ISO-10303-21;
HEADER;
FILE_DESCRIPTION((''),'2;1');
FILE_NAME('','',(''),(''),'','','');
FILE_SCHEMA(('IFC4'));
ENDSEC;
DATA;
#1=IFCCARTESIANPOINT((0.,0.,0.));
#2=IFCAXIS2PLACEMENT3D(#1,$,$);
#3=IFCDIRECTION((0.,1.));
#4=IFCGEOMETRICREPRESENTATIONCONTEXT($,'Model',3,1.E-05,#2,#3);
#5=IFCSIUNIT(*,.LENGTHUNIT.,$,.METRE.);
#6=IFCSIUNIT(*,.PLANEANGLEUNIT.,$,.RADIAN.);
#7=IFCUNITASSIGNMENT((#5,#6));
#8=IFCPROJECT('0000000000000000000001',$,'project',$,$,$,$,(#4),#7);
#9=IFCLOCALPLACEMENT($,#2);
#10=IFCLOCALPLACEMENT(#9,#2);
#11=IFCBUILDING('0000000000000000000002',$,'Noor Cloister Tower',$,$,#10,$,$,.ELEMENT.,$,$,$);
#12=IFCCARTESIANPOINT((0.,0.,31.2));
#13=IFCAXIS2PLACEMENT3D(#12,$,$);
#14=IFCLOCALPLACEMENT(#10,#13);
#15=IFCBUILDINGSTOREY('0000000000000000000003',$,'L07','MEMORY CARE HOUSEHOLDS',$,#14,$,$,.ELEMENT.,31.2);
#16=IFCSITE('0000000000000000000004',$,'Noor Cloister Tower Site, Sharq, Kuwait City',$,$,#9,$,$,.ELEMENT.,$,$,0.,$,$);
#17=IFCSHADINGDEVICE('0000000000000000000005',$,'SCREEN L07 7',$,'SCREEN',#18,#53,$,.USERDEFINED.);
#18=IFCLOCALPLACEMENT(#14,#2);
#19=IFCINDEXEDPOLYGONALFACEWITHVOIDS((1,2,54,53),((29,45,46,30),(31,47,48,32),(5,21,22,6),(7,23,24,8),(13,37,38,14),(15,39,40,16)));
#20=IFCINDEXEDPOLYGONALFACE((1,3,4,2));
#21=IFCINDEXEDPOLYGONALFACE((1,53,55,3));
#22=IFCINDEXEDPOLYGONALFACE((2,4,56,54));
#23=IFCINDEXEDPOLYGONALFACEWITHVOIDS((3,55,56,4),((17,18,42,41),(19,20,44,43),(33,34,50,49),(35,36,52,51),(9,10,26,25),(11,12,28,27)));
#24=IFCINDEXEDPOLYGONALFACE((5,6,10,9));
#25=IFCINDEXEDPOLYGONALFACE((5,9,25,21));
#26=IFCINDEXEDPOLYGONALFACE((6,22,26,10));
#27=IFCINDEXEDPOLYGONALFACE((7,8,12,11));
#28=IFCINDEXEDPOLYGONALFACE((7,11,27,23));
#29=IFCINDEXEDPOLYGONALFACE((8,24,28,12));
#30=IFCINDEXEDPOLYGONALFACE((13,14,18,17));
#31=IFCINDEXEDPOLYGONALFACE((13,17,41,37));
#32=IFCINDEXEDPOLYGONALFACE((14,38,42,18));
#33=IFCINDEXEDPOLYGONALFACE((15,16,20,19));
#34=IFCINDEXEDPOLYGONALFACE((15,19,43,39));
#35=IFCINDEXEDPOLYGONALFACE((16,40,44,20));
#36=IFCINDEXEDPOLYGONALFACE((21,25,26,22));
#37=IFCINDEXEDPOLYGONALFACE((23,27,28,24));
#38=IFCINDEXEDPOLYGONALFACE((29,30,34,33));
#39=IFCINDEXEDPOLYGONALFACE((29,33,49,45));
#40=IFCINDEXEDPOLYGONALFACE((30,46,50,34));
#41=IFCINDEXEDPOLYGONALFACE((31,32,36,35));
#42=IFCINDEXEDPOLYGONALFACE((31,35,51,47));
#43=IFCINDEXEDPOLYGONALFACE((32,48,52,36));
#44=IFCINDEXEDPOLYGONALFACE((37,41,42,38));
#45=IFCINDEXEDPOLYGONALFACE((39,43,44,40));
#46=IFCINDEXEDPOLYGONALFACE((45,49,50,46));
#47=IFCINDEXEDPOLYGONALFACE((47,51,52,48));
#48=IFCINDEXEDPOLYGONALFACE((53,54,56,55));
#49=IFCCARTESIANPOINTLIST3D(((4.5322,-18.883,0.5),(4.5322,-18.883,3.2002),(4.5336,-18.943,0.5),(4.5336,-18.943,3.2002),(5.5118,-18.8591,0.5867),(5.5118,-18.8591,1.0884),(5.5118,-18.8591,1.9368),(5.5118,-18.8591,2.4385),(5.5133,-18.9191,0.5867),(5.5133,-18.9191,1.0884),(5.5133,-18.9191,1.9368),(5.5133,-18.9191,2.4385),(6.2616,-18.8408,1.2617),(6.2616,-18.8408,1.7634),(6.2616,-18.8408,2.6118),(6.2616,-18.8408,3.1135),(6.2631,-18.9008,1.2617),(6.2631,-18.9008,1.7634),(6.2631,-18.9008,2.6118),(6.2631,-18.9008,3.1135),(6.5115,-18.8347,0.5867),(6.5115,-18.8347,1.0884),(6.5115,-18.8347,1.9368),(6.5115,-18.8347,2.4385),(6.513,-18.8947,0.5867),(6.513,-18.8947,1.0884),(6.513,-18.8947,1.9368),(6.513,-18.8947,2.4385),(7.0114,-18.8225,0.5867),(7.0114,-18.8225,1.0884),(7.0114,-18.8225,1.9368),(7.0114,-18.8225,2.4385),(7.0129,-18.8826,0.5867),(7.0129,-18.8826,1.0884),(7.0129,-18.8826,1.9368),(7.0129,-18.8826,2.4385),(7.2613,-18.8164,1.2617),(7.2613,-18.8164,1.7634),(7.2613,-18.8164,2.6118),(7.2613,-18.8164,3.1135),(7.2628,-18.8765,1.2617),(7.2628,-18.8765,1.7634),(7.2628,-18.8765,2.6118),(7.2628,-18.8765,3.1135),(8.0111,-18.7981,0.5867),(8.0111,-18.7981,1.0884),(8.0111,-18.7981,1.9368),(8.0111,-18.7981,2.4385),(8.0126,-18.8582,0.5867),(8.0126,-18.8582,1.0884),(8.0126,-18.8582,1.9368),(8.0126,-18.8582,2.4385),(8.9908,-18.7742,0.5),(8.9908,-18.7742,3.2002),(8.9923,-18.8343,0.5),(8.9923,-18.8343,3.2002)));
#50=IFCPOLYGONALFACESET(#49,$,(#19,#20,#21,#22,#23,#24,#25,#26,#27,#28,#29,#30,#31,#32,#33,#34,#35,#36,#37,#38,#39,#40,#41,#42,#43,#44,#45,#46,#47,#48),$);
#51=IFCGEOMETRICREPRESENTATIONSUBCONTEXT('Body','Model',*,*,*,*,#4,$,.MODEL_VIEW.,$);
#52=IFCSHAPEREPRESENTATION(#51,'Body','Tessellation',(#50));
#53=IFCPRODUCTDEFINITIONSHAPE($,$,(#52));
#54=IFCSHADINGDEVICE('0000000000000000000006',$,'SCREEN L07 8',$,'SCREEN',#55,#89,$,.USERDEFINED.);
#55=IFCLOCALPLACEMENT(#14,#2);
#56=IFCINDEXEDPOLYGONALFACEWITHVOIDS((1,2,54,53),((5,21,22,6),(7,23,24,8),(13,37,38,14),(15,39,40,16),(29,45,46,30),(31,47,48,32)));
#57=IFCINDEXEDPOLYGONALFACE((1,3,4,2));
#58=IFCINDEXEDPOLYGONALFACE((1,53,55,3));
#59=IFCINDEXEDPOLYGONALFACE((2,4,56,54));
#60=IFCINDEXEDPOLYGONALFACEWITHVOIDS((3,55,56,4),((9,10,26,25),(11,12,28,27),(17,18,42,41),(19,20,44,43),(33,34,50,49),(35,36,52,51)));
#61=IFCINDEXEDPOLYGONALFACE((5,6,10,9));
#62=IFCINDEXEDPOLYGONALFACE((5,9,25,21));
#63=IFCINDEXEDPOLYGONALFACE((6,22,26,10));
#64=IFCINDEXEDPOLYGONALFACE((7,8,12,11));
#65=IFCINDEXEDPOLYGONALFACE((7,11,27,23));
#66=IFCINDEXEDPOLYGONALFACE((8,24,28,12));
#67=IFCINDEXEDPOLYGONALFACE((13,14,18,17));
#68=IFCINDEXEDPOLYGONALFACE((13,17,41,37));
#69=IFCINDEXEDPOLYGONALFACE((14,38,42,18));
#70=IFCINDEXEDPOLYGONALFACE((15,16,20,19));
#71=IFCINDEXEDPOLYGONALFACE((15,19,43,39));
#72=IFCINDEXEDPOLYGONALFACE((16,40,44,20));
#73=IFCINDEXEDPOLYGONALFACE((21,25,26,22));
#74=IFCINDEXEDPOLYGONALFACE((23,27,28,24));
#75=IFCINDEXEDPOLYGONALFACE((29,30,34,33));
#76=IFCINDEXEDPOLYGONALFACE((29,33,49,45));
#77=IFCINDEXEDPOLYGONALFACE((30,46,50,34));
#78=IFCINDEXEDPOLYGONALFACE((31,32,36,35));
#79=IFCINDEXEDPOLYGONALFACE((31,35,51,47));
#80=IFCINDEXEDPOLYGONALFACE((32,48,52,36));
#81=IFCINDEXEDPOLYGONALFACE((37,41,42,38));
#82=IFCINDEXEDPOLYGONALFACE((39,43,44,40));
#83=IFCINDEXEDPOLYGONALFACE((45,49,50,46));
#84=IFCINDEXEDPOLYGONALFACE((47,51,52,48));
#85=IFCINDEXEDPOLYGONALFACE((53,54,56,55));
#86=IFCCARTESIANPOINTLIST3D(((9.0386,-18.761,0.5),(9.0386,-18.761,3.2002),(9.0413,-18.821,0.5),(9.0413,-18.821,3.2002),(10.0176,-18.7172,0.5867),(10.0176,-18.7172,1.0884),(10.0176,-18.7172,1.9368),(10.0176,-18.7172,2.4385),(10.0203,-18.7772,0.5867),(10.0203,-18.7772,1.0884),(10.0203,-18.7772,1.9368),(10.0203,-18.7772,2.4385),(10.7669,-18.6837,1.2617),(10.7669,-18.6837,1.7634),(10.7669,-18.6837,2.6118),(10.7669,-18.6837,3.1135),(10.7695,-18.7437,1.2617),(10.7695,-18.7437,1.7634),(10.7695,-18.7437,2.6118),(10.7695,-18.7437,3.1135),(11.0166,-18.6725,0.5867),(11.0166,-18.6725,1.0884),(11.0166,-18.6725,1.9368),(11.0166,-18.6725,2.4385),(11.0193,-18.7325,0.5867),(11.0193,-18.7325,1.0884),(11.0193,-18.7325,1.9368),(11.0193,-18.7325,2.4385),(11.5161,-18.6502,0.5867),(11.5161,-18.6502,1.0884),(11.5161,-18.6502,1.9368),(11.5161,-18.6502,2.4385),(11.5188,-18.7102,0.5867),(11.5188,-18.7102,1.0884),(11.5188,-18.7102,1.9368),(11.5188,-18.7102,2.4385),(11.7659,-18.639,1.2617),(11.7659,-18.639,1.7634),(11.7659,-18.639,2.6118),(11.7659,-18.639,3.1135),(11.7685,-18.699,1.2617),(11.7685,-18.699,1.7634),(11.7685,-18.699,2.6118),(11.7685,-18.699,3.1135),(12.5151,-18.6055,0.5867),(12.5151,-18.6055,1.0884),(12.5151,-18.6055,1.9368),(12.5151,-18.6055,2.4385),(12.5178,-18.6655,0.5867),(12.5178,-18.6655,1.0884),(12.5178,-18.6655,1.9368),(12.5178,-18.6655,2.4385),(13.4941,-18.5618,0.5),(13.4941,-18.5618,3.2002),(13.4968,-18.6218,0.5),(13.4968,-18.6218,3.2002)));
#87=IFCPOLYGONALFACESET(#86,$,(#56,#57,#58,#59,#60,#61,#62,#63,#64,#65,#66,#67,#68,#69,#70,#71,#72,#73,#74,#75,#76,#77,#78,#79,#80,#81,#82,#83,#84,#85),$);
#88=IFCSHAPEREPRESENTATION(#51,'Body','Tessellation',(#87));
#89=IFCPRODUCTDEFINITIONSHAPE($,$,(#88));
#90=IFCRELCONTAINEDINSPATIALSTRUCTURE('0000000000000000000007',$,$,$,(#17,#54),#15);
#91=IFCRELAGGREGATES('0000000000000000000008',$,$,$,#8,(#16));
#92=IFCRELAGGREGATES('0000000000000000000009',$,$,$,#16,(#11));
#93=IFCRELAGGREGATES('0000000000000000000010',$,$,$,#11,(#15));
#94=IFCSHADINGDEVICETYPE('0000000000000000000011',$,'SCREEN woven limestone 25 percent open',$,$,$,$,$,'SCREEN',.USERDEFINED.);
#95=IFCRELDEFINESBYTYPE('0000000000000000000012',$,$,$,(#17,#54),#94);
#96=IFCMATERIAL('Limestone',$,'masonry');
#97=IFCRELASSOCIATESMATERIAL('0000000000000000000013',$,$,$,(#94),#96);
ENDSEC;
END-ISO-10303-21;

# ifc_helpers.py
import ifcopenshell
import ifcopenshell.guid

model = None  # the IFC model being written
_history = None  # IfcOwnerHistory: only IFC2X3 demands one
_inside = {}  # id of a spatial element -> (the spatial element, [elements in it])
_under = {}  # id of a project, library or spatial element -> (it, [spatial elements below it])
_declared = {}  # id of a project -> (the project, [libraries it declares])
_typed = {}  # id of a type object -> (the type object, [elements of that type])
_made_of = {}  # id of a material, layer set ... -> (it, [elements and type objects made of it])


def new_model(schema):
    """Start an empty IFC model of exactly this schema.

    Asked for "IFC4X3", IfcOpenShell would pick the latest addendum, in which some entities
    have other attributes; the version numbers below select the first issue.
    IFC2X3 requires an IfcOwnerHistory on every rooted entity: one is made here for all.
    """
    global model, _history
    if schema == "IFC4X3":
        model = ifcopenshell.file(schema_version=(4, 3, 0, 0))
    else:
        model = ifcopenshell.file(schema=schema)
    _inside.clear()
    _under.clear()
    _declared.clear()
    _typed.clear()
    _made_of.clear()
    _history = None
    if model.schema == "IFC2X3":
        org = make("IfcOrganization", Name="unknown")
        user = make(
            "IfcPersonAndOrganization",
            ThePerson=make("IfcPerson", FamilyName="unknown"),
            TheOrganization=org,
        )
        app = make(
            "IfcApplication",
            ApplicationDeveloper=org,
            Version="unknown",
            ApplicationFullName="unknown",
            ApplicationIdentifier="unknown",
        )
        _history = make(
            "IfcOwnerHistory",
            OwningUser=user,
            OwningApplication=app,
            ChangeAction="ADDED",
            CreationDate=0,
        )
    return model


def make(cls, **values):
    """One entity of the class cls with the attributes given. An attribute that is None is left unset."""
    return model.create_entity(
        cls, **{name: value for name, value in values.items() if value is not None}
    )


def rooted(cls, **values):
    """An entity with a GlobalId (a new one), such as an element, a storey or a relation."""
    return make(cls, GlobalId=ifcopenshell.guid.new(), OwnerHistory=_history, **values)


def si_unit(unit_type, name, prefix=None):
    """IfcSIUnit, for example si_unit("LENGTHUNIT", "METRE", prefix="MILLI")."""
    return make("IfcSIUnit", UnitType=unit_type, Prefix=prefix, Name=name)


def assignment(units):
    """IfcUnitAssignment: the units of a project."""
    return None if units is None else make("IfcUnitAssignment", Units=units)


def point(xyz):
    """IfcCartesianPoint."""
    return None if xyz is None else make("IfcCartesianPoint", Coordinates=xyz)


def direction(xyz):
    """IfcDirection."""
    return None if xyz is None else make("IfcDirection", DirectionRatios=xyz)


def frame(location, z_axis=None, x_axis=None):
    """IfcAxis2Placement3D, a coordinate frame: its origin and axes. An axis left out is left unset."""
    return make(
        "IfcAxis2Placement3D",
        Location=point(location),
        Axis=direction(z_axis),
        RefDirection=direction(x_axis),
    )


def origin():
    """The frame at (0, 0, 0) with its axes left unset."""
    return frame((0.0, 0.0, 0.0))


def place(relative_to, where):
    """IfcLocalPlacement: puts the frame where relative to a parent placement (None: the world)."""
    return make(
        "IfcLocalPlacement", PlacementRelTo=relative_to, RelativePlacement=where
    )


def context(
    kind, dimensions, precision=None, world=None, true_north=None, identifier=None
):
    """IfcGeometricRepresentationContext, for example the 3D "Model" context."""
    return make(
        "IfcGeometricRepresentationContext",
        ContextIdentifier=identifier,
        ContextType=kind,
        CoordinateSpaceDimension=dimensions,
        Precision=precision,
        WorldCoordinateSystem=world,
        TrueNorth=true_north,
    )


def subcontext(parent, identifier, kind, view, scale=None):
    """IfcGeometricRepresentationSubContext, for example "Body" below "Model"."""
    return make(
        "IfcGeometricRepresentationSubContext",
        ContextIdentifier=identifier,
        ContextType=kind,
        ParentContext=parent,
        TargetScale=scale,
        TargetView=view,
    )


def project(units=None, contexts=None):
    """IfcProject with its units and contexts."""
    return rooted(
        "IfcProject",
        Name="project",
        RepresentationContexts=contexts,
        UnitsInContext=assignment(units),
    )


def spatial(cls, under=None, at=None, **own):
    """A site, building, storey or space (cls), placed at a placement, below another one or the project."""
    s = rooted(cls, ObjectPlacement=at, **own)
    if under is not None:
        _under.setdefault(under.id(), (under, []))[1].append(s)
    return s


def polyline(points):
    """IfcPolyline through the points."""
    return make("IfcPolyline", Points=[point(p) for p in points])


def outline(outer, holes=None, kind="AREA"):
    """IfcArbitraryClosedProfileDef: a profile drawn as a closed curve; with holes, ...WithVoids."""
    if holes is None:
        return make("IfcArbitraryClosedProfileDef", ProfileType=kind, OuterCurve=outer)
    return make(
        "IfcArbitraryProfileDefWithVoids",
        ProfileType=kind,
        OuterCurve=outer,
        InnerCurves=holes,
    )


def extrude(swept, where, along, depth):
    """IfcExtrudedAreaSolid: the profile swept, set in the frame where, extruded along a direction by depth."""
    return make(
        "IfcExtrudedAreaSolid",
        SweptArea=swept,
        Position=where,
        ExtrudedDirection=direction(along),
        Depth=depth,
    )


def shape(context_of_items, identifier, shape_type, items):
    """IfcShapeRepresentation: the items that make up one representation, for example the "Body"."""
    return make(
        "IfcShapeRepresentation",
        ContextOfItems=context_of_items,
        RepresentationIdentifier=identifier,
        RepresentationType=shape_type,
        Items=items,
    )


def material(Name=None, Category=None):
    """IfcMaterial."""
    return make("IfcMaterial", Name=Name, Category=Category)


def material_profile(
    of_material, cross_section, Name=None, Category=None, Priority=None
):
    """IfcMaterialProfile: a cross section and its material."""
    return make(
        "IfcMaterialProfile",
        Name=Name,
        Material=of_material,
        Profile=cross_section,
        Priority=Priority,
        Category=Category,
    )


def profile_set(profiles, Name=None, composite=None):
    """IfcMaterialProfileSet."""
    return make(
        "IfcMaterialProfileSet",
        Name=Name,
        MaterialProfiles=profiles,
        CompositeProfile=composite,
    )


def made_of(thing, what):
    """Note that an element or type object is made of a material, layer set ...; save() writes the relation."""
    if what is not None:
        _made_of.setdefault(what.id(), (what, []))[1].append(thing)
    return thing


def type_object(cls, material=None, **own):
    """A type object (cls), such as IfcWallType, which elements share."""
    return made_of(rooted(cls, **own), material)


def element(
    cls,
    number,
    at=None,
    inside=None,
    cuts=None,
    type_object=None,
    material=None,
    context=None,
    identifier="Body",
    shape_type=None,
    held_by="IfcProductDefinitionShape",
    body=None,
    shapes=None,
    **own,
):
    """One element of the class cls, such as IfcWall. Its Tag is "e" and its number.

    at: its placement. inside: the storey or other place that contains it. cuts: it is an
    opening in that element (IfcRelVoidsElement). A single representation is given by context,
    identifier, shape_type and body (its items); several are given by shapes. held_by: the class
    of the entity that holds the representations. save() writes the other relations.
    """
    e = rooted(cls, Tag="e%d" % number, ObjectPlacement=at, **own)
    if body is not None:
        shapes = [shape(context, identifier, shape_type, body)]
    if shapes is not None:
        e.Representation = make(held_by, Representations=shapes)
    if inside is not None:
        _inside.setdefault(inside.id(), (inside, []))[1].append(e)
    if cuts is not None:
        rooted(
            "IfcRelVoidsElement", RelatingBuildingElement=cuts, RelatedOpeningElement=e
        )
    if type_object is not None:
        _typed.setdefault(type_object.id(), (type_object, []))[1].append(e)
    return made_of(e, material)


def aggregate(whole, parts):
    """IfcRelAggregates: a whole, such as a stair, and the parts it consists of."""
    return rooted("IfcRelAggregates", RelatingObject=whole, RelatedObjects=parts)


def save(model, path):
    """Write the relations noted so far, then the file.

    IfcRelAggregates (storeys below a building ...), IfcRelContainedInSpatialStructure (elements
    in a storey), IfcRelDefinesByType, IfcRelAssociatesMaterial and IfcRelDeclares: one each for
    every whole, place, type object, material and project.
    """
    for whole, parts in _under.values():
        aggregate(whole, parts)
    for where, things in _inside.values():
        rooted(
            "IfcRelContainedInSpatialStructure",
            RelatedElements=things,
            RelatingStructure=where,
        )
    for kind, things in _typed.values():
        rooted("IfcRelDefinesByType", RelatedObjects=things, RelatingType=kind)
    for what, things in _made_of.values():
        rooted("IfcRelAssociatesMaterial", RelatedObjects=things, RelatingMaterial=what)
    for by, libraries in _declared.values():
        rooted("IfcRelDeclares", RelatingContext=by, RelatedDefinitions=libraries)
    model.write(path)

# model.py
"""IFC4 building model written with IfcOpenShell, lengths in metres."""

from ifc_helpers import new_model, si_unit, direction, frame, origin, place, context, subcontext, project, spatial, polyline, outline, extrude, material, material_profile, profile_set, type_object, element, save


model = new_model("IFC4")

# Units and contexts
model_context = context("Model", 3, precision=1e-05, world=origin(), true_north=direction((0.0, 1.0)))
body_context = subcontext(model_context, "Body", "Model", "MODEL_VIEW")
ifc_project = project(units=[si_unit("LENGTHUNIT", "METRE"), si_unit("PLANEANGLEUNIT", "RADIAN")], contexts=[model_context])

# Site, building, storey
site_placement = place(None, origin())
site = spatial("IfcSite", under=ifc_project, at=site_placement, Name="Noor Cloister Tower Site, Sharq, Kuwait City", CompositionType="ELEMENT", RefElevation=0.0)
building_placement = place(site_placement, origin())
building = spatial("IfcBuilding", under=site, at=building_placement, Name="Noor Cloister Tower", CompositionType="ELEMENT")
storey_placement = place(building_placement, frame((0.0, 0.0, 31.2)))
storey = spatial("IfcBuildingStorey", under=building, at=storey_placement, Name="L07", Description="MEMORY CARE HOUSEHOLDS", CompositionType="ELEMENT", Elevation=31.2)

# Shading devices
ifc_material_1 = material(Name="Limestone", Category="masonry")
ifc_material_profile_1 = material_profile(ifc_material_1, outline(polyline([(-2.23, -1.3501), (2.23, -1.3501), (2.23, 1.3501), (-2.23, 1.3501), (-2.23, -1.3501)]), holes=[polyline([(-1.25, -1.2634), (-0.25, -1.2634), (-0.25, -0.7617), (-1.25, -0.7617), (-1.25, -1.2634)]), polyline([(0.25, -1.2634), (1.25, -1.2634), (1.25, -0.7617), (0.25, -0.7617), (0.25, -1.2634)]), polyline([(-0.5, -0.5884), (0.5, -0.5884), (0.5, -0.0867), (-0.5, -0.0867), (-0.5, -0.5884)]), polyline([(-1.25, 0.0867), (-0.25, 0.0867), (-0.25, 0.5884), (-1.25, 0.5884), (-1.25, 0.0867)]), polyline([(0.25, 0.0867), (1.25, 0.0867), (1.25, 0.5884), (0.25, 0.5884), (0.25, 0.0867)]), polyline([(-0.5, 0.7617), (0.5, 0.7617), (0.5, 1.2634), (-0.5, 1.2634), (-0.5, 0.7617)])]), Name="Woven screen 25 percent open")
ifc_profile_set_1 = profile_set([ifc_material_profile_1], Name="Limestone")
shading_device_type = type_object("IfcShadingDeviceType", Name="SCREEN woven limestone 25 percent open", ElementType="SCREEN", PredefinedType="USERDEFINED", material=ifc_profile_set_1)
for number, where, z_axis, x_axis, name in (
    (1, (6.7615, -18.8286, 1.8501), (0.024383, -0.999703, 0.0), (0.999703, 0.024383, 0.0), "SCREEN L07 7"),
    (2, (11.2664, -18.6614, 1.8501), (0.044671, -0.999002, 0.0), (0.999002, 0.044671, 0.0), "SCREEN L07 8"),
):
    element("IfcShadingDevice", number, at=place(storey_placement, frame(where, z_axis=z_axis, x_axis=x_axis)), inside=storey, type_object=shading_device_type, Name=name, ObjectType="SCREEN", PredefinedType="USERDEFINED", context=body_context, shape_type="SweptSolid", body=[
        extrude(outline(polyline([(-2.23, -1.3501), (2.23, -1.3501), (2.23, 1.3501), (-2.23, 1.3501), (-2.23, -1.3501)]), holes=[polyline([(-1.25, -1.2634), (-0.25, -1.2634), (-0.25, -0.7617), (-1.25, -0.7617), (-1.25, -1.2634)]), polyline([(0.25, -1.2634), (1.25, -1.2634), (1.25, -0.7617), (0.25, -0.7617), (0.25, -1.2634)]), polyline([(-0.5, -0.5884), (0.5, -0.5884), (0.5, -0.0867), (-0.5, -0.0867), (-0.5, -0.5884)]), polyline([(-1.25, 0.0867), (-0.25, 0.0867), (-0.25, 0.5884), (-1.25, 0.5884), (-1.25, 0.0867)]), polyline([(0.25, 0.0867), (1.25, 0.0867), (1.25, 0.5884), (0.25, 0.5884), (0.25, 0.0867)]), polyline([(-0.5, 0.7617), (0.5, 0.7617), (0.5, 1.2634), (-0.5, 1.2634), (-0.5, 0.7617)])]), origin(), (0.0, 0.0, 1.0), 0.0601),
    ])

save(model, "model.ifc")
